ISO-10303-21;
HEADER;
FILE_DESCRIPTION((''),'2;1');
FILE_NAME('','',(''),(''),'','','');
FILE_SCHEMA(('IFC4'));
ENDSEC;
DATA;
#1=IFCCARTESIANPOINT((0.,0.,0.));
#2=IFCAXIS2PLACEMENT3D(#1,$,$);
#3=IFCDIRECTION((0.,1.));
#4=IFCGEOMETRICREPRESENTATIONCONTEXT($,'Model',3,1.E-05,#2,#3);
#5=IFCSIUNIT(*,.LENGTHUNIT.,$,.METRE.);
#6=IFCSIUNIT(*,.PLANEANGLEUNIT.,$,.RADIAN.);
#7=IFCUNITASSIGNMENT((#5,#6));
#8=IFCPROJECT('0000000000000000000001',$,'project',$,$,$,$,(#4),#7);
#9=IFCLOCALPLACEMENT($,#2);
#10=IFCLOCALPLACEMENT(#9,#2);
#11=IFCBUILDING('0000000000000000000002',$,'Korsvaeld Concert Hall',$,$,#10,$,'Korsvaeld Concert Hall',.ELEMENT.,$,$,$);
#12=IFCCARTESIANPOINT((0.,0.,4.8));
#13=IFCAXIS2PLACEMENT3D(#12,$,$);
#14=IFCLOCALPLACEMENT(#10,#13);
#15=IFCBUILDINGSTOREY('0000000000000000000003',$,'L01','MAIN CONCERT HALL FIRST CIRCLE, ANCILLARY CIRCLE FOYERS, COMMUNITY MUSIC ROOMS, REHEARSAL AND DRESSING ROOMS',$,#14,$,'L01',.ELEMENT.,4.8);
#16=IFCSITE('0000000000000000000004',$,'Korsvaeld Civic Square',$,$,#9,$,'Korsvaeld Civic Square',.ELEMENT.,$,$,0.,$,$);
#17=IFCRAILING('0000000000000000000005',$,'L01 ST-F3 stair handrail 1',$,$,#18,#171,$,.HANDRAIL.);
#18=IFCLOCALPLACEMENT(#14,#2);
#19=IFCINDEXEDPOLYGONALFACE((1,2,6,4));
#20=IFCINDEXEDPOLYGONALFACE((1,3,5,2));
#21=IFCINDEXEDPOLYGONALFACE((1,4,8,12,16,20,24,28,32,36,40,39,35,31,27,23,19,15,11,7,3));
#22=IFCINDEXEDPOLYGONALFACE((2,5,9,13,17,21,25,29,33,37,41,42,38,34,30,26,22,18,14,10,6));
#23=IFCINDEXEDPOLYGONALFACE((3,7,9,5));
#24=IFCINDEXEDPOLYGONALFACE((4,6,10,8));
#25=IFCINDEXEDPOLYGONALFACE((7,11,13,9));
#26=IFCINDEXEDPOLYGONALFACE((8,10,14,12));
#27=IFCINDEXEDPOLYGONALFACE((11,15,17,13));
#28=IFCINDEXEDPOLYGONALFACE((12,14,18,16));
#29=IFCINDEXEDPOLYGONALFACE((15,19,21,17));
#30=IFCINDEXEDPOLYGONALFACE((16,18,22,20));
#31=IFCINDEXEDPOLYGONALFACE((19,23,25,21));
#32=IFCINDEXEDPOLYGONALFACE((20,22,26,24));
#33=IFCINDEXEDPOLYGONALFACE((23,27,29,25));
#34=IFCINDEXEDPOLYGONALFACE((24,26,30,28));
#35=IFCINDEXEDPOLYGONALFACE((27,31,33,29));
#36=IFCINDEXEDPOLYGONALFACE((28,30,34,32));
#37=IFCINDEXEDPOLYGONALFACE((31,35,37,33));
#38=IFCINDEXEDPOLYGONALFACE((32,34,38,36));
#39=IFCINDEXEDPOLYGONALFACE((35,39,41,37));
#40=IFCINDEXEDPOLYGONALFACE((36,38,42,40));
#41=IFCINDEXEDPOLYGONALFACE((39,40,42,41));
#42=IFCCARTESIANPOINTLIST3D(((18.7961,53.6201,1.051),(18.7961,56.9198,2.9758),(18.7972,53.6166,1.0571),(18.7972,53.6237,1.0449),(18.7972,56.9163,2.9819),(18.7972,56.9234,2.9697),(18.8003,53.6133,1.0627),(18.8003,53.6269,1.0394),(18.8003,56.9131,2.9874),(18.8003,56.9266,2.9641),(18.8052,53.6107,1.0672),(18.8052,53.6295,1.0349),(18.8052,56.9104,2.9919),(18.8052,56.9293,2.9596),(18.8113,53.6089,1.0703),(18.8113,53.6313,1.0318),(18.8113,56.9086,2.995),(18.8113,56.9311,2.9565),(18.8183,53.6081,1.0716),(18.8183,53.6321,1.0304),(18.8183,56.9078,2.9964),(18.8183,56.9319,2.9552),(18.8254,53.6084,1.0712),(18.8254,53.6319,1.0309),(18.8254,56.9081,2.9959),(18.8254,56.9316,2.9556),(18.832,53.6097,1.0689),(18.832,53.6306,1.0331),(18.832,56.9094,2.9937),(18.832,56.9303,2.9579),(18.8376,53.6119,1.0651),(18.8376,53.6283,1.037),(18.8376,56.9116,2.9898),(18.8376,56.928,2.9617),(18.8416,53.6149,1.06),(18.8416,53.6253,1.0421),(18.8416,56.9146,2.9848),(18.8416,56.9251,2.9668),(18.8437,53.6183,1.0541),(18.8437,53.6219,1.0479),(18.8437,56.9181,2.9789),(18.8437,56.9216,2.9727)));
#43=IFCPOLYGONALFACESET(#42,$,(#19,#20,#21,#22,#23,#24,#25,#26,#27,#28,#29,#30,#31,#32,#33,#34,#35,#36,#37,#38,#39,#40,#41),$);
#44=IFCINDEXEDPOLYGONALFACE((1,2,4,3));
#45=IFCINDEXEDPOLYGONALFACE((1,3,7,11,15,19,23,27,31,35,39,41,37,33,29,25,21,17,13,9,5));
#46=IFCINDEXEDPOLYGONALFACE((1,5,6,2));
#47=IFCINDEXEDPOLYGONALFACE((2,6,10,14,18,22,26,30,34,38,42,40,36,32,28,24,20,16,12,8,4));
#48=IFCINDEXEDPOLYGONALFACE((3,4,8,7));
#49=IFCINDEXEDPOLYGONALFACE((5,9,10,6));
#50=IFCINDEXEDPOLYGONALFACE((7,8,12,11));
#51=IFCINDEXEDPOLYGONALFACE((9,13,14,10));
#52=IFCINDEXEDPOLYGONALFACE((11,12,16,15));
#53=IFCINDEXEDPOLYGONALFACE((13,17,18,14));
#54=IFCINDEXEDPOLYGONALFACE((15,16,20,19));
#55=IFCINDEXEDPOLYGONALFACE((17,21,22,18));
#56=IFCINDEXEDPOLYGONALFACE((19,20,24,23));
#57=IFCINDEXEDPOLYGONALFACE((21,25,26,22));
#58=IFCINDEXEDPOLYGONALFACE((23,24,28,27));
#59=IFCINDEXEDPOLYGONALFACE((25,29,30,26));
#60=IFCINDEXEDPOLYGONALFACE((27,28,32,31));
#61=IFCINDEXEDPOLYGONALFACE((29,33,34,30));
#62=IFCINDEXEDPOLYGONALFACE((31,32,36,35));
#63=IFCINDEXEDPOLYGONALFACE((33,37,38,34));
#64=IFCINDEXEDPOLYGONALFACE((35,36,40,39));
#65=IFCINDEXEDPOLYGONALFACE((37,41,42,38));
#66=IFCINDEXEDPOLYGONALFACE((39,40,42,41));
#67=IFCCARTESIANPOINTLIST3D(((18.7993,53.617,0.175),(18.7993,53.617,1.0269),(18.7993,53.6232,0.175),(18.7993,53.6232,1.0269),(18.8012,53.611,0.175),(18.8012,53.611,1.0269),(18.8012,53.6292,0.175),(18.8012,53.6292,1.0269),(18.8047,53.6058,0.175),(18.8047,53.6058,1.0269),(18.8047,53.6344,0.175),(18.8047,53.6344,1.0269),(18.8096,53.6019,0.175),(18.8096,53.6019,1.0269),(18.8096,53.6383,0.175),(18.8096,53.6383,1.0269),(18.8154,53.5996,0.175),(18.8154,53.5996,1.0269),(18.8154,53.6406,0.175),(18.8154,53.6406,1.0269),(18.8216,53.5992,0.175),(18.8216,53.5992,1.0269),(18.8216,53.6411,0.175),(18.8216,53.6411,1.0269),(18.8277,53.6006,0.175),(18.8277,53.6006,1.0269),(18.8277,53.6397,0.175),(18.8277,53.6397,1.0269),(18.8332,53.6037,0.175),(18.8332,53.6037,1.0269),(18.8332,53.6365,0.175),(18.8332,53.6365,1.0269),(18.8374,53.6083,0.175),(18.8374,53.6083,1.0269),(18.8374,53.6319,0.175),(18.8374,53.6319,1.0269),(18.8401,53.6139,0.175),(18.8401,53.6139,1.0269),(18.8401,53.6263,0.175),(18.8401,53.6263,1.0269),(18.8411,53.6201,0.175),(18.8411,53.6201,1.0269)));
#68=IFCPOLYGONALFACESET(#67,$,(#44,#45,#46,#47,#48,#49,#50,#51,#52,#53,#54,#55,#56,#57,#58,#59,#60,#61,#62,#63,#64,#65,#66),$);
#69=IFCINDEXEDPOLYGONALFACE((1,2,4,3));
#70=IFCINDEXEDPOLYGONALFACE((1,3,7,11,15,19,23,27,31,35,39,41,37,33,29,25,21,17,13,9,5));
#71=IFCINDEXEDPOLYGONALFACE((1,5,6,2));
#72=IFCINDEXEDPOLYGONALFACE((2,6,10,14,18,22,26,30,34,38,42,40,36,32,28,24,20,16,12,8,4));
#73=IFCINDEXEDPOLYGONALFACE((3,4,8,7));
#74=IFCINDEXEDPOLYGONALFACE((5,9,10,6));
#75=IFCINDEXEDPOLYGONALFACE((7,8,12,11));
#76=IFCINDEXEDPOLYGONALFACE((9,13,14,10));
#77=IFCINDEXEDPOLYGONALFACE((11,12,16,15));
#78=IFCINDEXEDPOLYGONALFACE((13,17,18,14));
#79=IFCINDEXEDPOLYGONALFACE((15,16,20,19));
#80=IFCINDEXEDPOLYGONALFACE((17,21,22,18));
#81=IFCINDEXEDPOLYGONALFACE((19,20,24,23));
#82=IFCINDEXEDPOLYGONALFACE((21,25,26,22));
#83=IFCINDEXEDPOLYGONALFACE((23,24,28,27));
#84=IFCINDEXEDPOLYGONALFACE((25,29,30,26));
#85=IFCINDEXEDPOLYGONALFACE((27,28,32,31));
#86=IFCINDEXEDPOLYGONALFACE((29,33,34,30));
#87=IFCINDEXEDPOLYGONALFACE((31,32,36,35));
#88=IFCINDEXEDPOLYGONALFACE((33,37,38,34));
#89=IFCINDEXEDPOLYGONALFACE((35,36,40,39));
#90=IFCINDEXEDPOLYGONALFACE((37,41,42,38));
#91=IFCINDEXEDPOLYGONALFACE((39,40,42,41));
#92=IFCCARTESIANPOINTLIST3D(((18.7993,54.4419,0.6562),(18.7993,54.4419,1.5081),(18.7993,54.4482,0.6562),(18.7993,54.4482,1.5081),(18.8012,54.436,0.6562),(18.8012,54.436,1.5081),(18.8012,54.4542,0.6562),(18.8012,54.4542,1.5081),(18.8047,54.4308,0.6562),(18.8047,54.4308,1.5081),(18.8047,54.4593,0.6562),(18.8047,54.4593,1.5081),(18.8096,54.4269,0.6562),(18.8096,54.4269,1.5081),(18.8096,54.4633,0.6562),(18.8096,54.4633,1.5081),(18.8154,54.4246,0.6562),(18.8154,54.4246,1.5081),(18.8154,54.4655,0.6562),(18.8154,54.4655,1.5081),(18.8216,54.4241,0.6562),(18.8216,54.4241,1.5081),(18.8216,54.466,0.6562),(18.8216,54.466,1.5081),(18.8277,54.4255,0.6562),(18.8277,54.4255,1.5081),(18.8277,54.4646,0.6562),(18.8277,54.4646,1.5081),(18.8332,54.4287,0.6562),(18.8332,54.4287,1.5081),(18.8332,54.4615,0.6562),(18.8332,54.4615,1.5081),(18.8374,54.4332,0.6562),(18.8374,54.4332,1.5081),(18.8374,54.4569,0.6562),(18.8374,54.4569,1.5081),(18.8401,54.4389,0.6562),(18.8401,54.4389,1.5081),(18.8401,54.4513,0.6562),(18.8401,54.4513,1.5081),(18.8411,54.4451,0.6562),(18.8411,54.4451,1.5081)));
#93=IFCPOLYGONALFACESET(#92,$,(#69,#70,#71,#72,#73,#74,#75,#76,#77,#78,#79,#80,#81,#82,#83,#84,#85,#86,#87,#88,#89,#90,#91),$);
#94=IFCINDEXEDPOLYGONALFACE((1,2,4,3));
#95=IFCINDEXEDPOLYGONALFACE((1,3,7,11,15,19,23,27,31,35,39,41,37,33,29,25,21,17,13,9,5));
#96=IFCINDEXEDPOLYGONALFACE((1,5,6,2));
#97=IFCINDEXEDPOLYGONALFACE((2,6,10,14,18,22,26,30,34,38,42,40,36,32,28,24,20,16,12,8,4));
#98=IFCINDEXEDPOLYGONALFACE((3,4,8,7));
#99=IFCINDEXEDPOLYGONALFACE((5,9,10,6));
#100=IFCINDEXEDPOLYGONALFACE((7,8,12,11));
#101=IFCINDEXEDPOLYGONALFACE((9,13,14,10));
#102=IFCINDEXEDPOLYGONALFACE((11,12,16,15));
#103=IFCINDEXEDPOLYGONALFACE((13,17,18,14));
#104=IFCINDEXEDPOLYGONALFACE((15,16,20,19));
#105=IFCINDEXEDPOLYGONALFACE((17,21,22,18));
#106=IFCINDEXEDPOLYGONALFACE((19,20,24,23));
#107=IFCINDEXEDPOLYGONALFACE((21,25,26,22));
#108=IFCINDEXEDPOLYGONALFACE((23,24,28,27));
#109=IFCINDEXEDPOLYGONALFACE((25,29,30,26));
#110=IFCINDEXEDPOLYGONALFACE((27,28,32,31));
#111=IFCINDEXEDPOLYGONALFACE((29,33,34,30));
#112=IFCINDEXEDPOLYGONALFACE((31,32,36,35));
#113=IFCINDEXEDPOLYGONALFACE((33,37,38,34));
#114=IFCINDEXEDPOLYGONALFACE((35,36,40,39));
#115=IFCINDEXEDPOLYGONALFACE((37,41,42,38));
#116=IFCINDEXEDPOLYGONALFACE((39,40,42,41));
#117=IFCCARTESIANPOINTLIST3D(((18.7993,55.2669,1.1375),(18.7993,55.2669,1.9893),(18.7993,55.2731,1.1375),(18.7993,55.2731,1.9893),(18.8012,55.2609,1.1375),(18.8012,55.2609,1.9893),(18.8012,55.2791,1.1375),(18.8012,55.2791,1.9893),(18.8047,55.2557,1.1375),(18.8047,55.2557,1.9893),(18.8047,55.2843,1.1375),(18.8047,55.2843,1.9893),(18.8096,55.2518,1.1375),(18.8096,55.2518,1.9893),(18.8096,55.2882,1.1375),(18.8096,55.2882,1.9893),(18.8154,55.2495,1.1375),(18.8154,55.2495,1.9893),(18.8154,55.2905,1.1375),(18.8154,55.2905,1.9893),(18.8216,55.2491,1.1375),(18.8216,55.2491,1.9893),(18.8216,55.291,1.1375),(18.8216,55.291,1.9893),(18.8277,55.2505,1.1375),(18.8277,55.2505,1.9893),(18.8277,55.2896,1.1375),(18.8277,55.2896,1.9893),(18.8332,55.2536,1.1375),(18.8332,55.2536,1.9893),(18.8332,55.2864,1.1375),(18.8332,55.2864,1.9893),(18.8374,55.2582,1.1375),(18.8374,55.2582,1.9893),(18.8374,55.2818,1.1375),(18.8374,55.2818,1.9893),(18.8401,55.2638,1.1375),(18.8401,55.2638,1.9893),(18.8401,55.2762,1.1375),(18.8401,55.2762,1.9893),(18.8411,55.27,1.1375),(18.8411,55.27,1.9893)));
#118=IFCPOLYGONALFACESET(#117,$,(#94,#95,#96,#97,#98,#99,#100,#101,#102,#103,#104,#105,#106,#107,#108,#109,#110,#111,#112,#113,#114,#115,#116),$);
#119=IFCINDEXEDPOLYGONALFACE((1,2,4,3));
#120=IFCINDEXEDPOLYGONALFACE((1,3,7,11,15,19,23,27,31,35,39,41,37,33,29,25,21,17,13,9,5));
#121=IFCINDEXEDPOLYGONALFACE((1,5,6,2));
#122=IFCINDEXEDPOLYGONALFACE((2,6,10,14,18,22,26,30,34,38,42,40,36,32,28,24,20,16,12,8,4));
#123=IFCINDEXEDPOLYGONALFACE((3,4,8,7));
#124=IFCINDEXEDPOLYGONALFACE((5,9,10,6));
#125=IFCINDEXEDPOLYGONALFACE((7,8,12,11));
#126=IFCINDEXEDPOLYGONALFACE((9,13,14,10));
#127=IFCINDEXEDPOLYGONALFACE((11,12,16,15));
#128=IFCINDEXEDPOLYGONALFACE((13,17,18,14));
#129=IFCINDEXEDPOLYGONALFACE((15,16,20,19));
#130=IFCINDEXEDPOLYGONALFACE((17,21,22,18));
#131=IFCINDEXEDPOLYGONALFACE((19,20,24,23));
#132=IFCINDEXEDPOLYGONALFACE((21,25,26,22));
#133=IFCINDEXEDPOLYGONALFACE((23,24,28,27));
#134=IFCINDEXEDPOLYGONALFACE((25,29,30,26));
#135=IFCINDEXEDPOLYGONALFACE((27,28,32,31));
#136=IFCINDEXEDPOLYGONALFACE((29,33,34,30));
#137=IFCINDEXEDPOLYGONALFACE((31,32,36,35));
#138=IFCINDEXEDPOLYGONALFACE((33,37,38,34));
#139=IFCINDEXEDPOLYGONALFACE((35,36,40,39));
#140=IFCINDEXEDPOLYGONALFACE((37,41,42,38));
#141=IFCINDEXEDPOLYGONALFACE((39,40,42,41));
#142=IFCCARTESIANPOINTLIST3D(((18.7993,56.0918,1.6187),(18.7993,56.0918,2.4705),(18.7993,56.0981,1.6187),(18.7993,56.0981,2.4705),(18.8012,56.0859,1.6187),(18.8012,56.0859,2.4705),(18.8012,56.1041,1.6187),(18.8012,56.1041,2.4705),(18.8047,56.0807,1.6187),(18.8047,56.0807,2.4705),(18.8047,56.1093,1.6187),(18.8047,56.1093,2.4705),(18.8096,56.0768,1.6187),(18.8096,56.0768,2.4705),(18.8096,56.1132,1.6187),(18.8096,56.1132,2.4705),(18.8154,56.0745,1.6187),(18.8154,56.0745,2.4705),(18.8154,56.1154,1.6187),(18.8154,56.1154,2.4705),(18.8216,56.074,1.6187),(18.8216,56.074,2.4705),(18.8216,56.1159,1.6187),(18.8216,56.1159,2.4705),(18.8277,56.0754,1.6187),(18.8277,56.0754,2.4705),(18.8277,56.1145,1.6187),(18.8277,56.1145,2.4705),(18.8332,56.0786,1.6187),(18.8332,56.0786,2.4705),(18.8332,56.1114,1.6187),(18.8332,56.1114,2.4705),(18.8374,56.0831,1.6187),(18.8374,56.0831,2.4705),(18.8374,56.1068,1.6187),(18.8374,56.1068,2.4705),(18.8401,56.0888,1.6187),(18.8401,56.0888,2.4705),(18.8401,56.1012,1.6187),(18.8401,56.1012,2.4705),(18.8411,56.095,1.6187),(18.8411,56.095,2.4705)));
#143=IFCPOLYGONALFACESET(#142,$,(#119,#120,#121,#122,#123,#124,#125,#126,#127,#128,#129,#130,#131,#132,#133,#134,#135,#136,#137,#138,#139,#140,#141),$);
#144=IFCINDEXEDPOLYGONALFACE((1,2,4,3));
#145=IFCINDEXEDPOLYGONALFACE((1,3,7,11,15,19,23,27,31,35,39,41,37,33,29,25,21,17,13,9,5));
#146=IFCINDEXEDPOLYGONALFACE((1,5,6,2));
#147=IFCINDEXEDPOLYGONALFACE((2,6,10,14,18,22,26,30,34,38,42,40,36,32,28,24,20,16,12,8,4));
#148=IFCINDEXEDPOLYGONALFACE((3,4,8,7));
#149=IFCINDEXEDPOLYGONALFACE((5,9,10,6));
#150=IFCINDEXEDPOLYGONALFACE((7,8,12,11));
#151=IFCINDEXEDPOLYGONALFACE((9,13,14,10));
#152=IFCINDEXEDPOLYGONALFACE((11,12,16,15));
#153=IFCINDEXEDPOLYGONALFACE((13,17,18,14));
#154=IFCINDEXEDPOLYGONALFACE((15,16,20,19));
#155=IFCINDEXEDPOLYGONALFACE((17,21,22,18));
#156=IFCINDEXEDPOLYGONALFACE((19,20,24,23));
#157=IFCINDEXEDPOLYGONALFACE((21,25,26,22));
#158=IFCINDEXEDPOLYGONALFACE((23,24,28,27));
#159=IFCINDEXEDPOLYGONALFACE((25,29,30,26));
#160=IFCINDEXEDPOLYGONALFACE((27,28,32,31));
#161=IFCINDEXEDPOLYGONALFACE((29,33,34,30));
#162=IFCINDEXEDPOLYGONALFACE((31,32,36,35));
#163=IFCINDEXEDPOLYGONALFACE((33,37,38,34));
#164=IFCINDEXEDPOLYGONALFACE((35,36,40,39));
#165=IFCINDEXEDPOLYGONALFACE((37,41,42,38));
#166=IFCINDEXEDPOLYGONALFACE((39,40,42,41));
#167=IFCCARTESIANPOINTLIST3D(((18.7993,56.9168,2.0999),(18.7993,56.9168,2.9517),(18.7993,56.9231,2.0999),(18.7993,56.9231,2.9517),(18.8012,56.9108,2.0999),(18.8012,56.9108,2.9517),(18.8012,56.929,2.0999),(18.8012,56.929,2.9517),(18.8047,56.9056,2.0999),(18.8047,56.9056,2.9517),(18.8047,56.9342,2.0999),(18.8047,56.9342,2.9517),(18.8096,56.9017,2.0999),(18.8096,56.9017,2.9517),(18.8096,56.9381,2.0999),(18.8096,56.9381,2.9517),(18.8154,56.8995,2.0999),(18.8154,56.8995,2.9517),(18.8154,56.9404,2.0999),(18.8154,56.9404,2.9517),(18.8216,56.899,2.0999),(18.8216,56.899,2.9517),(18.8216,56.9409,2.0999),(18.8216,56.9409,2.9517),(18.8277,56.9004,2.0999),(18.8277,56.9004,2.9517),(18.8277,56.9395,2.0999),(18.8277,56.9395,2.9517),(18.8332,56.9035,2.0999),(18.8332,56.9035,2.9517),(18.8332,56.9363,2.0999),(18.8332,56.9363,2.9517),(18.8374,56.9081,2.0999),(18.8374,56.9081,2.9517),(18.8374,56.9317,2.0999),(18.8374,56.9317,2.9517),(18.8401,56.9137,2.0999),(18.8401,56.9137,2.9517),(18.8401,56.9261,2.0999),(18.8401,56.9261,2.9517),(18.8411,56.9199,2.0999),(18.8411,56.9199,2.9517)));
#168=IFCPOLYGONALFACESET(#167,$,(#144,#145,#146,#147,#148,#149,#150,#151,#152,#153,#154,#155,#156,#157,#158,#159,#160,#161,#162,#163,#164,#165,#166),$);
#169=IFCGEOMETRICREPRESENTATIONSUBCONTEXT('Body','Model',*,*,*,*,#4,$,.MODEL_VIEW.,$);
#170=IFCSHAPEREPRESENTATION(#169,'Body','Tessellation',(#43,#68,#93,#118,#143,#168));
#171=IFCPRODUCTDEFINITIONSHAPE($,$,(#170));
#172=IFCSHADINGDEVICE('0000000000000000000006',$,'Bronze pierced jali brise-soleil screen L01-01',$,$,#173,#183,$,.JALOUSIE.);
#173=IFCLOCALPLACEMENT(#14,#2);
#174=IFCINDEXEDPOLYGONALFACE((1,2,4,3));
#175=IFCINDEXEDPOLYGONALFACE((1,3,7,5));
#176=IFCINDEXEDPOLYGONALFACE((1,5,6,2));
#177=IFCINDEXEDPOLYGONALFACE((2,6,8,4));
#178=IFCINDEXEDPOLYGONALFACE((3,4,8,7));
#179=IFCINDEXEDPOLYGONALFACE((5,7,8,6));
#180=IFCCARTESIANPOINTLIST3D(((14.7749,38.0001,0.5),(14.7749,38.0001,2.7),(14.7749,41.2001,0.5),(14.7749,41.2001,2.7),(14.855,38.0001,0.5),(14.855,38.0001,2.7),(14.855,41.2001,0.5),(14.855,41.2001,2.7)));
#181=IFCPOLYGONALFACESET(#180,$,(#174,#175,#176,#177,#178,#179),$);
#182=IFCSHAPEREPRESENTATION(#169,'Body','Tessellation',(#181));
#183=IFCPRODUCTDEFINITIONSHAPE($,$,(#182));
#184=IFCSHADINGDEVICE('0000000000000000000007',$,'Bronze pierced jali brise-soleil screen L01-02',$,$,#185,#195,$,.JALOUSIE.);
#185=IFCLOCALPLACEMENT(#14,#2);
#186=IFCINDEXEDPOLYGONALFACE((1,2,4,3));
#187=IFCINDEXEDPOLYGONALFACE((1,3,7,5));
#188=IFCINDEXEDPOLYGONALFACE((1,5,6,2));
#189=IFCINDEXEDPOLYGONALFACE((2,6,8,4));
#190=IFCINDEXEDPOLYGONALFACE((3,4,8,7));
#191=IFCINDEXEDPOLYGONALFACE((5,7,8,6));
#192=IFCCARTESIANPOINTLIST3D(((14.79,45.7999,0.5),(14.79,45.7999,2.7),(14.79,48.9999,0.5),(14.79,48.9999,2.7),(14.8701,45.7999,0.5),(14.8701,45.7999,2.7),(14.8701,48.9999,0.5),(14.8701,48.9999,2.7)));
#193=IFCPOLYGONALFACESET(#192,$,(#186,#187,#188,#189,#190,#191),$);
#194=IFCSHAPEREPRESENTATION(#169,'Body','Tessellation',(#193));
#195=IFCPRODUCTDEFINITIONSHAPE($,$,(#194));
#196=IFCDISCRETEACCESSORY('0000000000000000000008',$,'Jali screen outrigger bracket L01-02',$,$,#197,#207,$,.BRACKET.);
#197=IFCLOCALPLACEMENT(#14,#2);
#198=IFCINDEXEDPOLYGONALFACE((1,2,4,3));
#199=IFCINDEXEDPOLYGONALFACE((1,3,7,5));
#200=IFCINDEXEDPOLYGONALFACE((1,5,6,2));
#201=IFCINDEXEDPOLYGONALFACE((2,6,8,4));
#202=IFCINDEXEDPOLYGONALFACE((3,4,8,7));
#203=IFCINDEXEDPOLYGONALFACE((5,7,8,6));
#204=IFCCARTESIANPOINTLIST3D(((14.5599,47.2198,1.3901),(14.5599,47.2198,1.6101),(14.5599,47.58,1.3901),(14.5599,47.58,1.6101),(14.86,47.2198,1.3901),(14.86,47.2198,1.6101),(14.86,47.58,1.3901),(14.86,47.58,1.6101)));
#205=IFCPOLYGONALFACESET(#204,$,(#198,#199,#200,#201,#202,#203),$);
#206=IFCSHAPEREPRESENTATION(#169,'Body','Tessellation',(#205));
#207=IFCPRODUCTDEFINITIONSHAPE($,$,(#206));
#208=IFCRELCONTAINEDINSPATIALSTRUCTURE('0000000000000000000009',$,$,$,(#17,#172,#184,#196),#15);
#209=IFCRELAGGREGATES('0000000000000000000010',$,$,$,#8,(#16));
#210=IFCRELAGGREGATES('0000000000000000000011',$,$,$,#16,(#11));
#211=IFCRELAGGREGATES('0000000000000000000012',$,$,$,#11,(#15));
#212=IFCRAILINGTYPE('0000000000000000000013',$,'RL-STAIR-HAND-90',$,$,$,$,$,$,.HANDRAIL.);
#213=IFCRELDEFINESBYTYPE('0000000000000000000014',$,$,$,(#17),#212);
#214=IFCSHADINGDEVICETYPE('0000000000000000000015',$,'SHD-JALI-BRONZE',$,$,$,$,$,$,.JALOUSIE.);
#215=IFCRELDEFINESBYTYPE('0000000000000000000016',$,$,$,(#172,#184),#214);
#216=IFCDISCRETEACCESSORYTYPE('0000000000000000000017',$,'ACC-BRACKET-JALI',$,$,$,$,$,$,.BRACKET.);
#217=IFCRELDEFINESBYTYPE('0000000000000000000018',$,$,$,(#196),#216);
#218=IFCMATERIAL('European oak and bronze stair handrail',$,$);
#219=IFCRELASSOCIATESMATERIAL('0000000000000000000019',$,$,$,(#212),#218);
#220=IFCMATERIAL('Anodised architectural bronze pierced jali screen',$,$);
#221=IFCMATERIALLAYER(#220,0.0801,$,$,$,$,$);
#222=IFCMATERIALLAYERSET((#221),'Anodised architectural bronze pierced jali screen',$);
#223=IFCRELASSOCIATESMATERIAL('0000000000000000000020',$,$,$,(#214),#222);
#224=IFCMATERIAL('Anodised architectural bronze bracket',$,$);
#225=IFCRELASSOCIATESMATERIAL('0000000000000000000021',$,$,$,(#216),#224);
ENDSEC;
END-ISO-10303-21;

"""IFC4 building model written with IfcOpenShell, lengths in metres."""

from ifc_helpers import new_model, si_unit, direction, frame, origin, origin_2d, place, context, subcontext, project, spatial, rectangle, circle, extrude, material, layer, layer_set, type_object, element, save


model = new_model("IFC4")

# Units and contexts
model_context = context("Model", 3, precision=1e-05, world=origin(), true_north=direction((0.0, 1.0)))
body_context = subcontext(model_context, "Body", "Model", "MODEL_VIEW")
ifc_project = project(units=[si_unit("LENGTHUNIT", "METRE"), si_unit("PLANEANGLEUNIT", "RADIAN")], contexts=[model_context])

# Site, building, storey
site_placement = place(None, origin())
site = spatial("IfcSite", under=ifc_project, at=site_placement, Name="Korsvaeld Civic Square", LongName="Korsvaeld Civic Square", CompositionType="ELEMENT", RefElevation=0.0)
building_placement = place(site_placement, origin())
building = spatial("IfcBuilding", under=site, at=building_placement, Name="Korsvaeld Concert Hall", LongName="Korsvaeld Concert Hall", CompositionType="ELEMENT")
storey_placement = place(building_placement, frame((0.0, 0.0, 4.8)))
storey = spatial("IfcBuildingStorey", under=building, at=storey_placement, Name="L01", Description="MAIN CONCERT HALL FIRST CIRCLE, ANCILLARY CIRCLE FOYERS, COMMUNITY MUSIC ROOMS, REHEARSAL AND DRESSING ROOMS", LongName="L01", CompositionType="ELEMENT", Elevation=4.8)

# Railing
ifc_material_1 = material(Name="European oak and bronze stair handrail")
railing_type_1 = type_object("IfcRailingType", Name="RL-STAIR-HAND-90", PredefinedType="HANDRAIL", material=ifc_material_1)
railing_1_placement = place(storey_placement, frame((18.8201, 53.6201, 0.175)))
element("IfcRailing", 1, at=railing_1_placement, inside=storey, type_object=railing_type_1, Name="L01 ST-F3 stair handrail 1", PredefinedType="HANDRAIL", context=body_context, shape_type="SweptSolid", body=[
    extrude(circle(Radius=0.0239, at=origin_2d()), frame((0.0, 0.0, 0.876), z_axis=(0.0, 0.863788, 0.503855), x_axis=(-1.0, 0.0, 0.0)), (0.0, 0.0, 1.0), 3.8201),
    extrude(circle(Radius=0.021, at=origin_2d()), origin(), (0.0, 0.0, 1.0), 0.8518),
    extrude(circle(Radius=0.021, at=origin_2d()), frame((0.0, 0.825, 0.4812)), (0.0, 0.0, 1.0), 0.8518),
    extrude(circle(Radius=0.021, at=origin_2d()), frame((0.0, 1.6499, 0.9624)), (0.0, 0.0, 1.0), 0.8518),
    extrude(circle(Radius=0.021, at=origin_2d()), frame((0.0, 2.4749, 1.4436)), (0.0, 0.0, 1.0), 0.8518),
    extrude(circle(Radius=0.021, at=origin_2d()), frame((0.0, 3.2998, 1.9248)), (0.0, 0.0, 1.0), 0.8518),
])

# Shading devices
ifc_material_2 = material(Name="Anodised architectural bronze pierced jali screen")
ifc_layer_1 = layer(ifc_material_2, 0.0801)
ifc_layer_set_1 = layer_set([ifc_layer_1], Name="Anodised architectural bronze pierced jali screen")
shading_device_type = type_object("IfcShadingDeviceType", Name="SHD-JALI-BRONZE", PredefinedType="JALOUSIE", material=ifc_layer_set_1)
for number, where, z_axis, x_axis, name in (
    (2, (14.8149, 39.6001, 0.5), (0.0, 0.0, 1.0), (0.0, 1.0, 0.0), "Bronze pierced jali brise-soleil screen L01-01"),
    (3, (14.8301, 47.3999, 0.5), (0.0, 0.0, 1.0), (0.0, 1.0, 0.0), "Bronze pierced jali brise-soleil screen L01-02"),
):
    element("IfcShadingDevice", number, at=place(storey_placement, frame(where, z_axis=z_axis, x_axis=x_axis)), inside=storey, type_object=shading_device_type, Name=name, PredefinedType="JALOUSIE", context=body_context, shape_type="SweptSolid", body=[
        extrude(rectangle(XDim=3.2, YDim=0.0801, at=origin_2d()), origin(), (0.0, 0.0, 1.0), 2.2),
    ])

# Discrete accessory
ifc_material_3 = material(Name="Anodised architectural bronze bracket")
discrete_accessory_type = type_object("IfcDiscreteAccessoryType", Name="ACC-BRACKET-JALI", PredefinedType="BRACKET", material=ifc_material_3)
discrete_accessory_placement = place(storey_placement, frame((14.71, 47.3999, 1.3901), z_axis=(0.0, 0.0, 1.0), x_axis=(0.0, 1.0, 0.0)))
element("IfcDiscreteAccessory", 4, at=discrete_accessory_placement, inside=storey, type_object=discrete_accessory_type, Name="Jali screen outrigger bracket L01-02", PredefinedType="BRACKET", context=body_context, shape_type="SweptSolid", body=[
    extrude(rectangle(XDim=0.3601, YDim=0.3, at=origin_2d()), origin(), (0.0, 0.0, 1.0), 0.22),
])

save(model, "model.ifc")
